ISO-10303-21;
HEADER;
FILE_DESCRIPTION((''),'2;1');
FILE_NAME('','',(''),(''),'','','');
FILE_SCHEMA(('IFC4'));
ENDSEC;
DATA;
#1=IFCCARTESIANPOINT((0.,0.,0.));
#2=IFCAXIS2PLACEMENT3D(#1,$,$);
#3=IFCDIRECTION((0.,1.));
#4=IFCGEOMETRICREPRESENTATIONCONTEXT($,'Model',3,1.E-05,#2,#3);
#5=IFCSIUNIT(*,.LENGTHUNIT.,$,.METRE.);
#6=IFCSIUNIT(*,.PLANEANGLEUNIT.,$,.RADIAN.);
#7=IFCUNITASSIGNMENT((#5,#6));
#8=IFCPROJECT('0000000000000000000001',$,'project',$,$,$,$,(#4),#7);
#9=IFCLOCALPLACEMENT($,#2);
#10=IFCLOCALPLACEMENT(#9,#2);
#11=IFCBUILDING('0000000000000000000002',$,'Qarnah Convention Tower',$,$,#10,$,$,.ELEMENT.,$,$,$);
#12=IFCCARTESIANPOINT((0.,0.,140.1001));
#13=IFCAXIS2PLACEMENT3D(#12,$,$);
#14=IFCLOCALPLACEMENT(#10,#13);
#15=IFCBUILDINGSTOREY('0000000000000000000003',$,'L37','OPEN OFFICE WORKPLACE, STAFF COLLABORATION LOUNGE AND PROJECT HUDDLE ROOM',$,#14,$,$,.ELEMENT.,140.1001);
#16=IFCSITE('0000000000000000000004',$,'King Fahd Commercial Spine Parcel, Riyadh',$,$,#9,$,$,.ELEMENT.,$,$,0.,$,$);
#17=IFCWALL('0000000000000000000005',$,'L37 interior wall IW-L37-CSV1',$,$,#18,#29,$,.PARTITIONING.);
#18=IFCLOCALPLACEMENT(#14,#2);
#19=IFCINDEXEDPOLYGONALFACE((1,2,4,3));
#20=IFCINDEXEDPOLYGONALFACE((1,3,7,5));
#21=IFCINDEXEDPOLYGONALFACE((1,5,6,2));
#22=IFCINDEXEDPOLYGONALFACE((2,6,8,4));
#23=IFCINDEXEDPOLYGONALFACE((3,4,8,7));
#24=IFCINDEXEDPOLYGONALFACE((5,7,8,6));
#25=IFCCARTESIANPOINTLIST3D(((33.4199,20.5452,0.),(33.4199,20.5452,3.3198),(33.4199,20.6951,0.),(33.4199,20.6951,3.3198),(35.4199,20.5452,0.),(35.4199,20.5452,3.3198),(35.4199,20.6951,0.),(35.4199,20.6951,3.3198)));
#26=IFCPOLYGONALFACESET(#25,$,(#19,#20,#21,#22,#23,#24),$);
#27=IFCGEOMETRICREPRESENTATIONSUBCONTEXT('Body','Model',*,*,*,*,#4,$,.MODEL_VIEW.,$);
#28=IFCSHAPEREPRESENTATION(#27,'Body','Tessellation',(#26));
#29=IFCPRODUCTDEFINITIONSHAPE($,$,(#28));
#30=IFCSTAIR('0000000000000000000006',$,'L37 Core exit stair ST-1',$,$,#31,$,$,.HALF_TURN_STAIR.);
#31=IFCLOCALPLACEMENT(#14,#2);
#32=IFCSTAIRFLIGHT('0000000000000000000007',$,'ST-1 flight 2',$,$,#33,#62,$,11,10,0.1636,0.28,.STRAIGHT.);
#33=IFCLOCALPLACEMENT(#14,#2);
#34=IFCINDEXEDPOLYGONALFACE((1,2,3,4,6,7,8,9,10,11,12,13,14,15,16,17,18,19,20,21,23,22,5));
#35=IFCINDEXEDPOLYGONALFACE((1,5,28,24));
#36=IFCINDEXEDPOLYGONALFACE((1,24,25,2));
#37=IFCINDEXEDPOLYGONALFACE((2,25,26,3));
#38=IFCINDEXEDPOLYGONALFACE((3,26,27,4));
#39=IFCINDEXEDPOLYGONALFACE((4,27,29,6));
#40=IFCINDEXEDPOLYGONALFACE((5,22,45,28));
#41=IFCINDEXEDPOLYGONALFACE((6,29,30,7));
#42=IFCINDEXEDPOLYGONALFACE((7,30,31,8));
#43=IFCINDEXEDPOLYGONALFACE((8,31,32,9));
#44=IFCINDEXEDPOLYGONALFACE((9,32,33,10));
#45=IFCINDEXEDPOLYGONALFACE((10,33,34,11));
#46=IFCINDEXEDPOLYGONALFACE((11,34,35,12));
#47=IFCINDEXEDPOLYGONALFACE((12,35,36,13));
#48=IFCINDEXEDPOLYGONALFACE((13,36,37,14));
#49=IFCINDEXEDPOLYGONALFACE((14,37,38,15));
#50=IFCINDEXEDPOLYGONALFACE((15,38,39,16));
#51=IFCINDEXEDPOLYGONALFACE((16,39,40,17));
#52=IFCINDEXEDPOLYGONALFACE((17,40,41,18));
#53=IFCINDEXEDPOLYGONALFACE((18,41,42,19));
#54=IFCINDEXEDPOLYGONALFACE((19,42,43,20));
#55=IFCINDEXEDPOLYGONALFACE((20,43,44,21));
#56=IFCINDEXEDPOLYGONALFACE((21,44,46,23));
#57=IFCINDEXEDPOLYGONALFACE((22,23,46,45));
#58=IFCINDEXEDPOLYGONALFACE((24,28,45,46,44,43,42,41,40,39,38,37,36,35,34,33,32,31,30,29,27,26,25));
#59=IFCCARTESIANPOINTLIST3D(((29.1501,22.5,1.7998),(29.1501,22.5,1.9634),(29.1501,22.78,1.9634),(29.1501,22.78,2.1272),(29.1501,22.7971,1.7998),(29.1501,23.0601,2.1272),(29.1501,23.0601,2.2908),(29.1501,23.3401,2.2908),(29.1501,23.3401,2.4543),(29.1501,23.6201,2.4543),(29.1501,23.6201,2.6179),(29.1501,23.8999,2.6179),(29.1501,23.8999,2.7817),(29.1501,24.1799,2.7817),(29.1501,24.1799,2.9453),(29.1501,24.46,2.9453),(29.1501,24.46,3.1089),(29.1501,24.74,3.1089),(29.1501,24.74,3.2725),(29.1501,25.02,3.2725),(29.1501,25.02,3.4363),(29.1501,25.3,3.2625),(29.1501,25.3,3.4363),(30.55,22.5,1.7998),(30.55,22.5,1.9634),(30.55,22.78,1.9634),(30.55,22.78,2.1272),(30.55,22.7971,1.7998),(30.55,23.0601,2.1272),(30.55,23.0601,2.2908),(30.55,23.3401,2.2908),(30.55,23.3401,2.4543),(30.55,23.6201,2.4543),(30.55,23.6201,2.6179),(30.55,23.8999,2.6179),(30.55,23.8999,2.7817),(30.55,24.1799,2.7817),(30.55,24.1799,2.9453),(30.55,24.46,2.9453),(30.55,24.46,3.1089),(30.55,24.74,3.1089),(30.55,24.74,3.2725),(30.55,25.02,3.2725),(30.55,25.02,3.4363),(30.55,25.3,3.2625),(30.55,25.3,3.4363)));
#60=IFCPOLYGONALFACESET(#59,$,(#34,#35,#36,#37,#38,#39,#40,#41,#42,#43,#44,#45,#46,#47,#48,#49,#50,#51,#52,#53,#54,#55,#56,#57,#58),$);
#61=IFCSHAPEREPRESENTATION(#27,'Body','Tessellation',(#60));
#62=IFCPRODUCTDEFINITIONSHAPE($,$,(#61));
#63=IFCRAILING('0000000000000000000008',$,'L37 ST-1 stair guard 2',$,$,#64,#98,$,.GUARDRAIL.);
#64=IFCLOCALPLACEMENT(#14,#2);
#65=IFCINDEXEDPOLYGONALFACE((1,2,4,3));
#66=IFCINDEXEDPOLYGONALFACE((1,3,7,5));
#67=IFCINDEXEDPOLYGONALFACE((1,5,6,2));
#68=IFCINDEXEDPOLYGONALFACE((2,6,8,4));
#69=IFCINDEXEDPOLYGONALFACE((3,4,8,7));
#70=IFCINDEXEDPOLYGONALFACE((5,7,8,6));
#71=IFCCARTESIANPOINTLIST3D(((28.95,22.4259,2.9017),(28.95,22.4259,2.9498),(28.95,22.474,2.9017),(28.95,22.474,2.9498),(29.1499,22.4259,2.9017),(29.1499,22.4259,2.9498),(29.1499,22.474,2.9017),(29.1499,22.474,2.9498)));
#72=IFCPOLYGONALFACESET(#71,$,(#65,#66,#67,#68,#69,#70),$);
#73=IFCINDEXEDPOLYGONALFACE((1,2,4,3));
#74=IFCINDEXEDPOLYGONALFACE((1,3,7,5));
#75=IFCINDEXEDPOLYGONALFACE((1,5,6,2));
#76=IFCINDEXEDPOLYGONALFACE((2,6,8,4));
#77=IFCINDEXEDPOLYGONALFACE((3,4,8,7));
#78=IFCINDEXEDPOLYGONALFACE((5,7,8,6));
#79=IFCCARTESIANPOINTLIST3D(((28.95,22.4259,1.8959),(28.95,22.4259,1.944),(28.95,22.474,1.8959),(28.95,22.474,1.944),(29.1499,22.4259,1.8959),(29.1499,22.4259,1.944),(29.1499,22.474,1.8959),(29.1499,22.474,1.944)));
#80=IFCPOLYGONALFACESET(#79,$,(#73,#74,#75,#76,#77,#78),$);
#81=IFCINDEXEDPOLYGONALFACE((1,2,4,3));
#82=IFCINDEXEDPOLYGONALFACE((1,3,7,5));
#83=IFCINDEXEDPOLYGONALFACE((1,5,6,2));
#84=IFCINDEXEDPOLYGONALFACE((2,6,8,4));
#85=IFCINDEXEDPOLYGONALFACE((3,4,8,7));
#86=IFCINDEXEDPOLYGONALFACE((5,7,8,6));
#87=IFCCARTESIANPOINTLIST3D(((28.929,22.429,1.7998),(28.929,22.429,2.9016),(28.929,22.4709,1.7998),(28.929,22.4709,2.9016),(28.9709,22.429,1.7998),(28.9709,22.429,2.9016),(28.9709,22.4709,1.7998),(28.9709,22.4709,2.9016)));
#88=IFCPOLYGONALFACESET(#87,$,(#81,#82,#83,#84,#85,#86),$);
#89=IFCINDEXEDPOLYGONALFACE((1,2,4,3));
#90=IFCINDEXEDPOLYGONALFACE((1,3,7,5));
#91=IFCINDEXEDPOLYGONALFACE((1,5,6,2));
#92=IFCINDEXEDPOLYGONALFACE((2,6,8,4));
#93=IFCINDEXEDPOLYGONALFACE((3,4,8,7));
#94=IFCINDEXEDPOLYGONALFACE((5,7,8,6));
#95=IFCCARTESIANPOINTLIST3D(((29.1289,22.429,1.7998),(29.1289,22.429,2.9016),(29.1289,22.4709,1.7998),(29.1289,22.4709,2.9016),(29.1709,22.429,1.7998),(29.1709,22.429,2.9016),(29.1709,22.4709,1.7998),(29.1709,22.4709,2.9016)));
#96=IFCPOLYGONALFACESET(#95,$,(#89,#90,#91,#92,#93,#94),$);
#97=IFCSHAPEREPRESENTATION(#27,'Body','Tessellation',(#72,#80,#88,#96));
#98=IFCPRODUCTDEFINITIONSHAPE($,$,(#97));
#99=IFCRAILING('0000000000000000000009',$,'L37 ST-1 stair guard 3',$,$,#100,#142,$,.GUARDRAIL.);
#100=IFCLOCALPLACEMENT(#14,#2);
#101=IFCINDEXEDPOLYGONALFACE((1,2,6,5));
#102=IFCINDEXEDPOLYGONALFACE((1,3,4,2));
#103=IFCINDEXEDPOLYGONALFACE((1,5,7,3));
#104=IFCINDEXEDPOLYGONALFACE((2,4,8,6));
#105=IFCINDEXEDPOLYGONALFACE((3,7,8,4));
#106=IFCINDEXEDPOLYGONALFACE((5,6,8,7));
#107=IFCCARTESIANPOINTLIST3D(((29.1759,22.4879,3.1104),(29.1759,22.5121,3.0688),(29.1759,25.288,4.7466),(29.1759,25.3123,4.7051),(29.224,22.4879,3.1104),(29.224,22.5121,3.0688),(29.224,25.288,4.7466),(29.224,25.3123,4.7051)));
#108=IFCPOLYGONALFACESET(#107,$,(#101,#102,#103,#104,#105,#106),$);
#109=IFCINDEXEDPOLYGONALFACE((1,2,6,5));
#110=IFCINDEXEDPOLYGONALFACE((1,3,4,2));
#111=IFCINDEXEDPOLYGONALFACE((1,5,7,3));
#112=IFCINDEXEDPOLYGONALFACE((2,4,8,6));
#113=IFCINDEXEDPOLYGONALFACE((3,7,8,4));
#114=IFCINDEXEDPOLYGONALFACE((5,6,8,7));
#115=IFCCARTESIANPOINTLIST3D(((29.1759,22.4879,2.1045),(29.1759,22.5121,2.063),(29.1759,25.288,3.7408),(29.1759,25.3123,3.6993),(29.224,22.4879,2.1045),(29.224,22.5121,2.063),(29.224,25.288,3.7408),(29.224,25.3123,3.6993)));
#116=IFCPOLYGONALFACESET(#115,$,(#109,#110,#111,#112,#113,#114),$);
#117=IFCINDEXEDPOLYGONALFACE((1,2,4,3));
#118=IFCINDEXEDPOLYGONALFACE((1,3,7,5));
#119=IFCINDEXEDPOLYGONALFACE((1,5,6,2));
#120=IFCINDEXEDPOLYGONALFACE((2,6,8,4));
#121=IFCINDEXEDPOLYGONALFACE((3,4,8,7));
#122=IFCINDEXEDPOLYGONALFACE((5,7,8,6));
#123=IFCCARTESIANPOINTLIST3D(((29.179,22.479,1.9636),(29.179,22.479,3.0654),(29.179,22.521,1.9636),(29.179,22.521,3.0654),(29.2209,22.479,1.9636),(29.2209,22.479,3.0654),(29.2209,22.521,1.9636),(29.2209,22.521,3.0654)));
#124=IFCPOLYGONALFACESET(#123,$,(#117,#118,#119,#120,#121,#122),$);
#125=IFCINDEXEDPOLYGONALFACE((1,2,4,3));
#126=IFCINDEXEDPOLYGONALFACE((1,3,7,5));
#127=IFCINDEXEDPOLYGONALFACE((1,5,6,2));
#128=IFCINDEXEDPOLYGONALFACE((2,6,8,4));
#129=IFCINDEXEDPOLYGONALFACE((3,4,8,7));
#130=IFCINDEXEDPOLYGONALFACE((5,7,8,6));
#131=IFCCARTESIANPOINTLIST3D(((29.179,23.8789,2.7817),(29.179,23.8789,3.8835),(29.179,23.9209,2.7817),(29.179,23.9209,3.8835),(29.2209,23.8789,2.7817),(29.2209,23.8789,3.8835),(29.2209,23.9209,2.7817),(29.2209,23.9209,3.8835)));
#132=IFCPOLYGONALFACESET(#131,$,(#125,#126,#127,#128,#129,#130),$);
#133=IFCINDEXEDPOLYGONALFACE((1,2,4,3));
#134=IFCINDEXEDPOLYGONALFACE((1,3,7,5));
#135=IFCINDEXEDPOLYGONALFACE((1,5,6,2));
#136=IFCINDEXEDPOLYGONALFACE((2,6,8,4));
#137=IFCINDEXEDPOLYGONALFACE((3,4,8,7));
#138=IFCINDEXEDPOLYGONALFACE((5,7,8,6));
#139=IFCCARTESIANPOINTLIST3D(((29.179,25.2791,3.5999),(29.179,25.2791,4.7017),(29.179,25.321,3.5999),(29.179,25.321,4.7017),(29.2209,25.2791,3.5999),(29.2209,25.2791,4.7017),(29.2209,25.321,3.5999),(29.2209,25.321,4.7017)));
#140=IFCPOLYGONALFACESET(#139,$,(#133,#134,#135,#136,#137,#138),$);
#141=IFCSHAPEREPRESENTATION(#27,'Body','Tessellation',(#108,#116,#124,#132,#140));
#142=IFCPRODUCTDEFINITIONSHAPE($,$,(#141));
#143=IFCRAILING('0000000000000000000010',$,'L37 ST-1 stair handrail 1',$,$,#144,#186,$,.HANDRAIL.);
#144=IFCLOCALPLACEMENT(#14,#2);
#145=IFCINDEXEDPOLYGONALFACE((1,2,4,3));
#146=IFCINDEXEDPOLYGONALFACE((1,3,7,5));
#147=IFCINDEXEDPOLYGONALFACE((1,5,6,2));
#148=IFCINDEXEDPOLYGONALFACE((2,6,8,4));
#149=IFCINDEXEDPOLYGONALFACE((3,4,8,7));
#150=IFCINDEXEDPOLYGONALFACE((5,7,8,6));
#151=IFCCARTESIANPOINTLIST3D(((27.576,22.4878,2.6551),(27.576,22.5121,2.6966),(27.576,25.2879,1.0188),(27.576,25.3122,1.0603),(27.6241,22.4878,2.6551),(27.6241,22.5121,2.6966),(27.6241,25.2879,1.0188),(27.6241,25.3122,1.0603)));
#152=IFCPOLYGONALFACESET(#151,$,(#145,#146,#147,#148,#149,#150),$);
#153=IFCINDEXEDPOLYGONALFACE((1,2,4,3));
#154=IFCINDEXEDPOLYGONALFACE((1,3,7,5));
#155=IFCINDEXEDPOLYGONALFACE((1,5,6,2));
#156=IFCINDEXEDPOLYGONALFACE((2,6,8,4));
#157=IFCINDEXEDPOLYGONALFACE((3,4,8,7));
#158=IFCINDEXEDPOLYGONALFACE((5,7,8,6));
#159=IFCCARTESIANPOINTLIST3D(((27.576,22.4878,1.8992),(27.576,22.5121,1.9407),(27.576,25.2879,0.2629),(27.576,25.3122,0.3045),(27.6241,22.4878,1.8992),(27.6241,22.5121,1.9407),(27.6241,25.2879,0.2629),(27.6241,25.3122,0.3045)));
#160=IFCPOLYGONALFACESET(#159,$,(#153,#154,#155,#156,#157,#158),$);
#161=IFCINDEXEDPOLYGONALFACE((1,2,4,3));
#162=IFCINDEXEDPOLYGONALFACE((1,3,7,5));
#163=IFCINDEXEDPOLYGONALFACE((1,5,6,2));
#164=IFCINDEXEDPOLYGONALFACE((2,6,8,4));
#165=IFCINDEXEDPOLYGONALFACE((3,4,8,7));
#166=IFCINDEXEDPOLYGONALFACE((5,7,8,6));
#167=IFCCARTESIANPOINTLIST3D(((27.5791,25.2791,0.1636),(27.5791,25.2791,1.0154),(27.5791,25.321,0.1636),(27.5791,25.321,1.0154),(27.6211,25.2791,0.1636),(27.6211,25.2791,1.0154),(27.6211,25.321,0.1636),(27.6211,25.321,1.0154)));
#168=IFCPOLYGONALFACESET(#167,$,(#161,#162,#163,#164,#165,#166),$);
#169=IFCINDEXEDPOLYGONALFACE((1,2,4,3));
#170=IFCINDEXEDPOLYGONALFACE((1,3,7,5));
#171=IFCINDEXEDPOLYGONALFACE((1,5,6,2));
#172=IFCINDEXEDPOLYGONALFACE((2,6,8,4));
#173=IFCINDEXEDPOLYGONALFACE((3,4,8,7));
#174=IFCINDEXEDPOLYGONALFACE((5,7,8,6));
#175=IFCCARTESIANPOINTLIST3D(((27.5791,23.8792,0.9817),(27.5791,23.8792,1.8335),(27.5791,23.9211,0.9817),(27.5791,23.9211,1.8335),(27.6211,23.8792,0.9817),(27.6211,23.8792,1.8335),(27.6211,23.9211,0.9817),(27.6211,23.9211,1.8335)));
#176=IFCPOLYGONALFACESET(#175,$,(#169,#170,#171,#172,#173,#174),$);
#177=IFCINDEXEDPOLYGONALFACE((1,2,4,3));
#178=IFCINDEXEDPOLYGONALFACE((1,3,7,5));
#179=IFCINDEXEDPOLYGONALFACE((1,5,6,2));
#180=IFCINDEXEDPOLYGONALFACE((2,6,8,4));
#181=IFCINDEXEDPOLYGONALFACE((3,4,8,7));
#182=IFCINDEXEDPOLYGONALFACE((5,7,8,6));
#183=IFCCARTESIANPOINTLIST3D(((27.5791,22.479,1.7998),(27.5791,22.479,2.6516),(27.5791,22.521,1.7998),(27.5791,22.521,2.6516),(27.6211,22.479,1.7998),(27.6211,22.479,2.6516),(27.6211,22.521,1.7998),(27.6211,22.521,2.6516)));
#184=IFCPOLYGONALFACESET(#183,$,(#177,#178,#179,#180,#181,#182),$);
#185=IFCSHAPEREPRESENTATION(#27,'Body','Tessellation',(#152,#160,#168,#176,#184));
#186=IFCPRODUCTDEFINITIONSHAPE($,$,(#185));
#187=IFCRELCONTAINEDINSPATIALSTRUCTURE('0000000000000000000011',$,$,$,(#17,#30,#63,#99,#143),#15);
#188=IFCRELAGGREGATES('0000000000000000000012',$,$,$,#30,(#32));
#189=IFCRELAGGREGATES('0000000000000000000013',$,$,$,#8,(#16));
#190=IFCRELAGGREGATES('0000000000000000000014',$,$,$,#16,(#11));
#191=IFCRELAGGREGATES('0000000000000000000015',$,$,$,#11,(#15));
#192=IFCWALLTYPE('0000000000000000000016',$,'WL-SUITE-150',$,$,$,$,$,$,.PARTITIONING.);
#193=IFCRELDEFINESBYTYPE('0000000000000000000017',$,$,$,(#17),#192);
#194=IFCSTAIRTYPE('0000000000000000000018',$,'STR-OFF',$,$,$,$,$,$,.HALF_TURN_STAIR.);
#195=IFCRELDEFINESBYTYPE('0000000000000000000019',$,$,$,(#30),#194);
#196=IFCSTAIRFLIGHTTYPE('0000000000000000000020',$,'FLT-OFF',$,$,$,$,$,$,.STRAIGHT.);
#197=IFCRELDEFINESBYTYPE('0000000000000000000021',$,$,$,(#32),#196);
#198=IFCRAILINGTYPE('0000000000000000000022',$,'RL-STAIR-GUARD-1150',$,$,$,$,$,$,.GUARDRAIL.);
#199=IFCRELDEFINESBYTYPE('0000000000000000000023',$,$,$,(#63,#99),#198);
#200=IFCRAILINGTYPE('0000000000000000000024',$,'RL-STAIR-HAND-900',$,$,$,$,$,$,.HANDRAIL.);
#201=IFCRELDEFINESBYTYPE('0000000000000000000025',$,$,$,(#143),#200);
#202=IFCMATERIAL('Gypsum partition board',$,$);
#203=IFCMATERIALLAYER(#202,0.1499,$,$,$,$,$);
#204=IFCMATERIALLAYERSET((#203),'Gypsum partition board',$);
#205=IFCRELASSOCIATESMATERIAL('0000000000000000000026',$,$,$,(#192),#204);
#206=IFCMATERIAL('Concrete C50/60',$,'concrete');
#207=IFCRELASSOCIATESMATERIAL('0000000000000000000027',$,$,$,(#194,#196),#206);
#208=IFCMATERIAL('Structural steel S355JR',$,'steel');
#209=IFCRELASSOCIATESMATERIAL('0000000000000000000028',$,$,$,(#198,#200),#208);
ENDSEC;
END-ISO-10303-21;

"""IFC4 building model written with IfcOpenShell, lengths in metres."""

from ifc_helpers import new_model, si_unit, direction, frame, frame_2d, origin, origin_2d, place, context, subcontext, project, spatial, polyline, rectangle, outline, extrude, material, layer, layer_set, type_object, element, aggregate, save


model = new_model("IFC4")

# Units and contexts
model_context = context("Model", 3, precision=1e-05, world=origin(), true_north=direction((0.0, 1.0)))
body_context = subcontext(model_context, "Body", "Model", "MODEL_VIEW")
ifc_project = project(units=[si_unit("LENGTHUNIT", "METRE"), si_unit("PLANEANGLEUNIT", "RADIAN")], contexts=[model_context])

# Site, building, storey
site_placement = place(None, origin())
site = spatial("IfcSite", under=ifc_project, at=site_placement, Name="King Fahd Commercial Spine Parcel, Riyadh", CompositionType="ELEMENT", RefElevation=0.0)
building_placement = place(site_placement, origin())
building = spatial("IfcBuilding", under=site, at=building_placement, Name="Qarnah Convention Tower", CompositionType="ELEMENT")
storey_placement = place(building_placement, frame((0.0, 0.0, 140.1001)))
storey = spatial("IfcBuildingStorey", under=building, at=storey_placement, Name="L37", Description="OPEN OFFICE WORKPLACE, STAFF COLLABORATION LOUNGE AND PROJECT HUDDLE ROOM", CompositionType="ELEMENT", Elevation=140.1001)

# Shared definitions
ifc_material_1 = material(Name="Structural steel S355JR", Category="steel")

# Wall
ifc_material_2 = material(Name="Gypsum partition board")
ifc_layer_1 = layer(ifc_material_2, 0.1499)
ifc_layer_set_1 = layer_set([ifc_layer_1], Name="Gypsum partition board")
wall_type_1 = type_object("IfcWallType", Name="WL-SUITE-150", PredefinedType="PARTITIONING", material=ifc_layer_set_1)
wall_1_placement = place(storey_placement, frame((33.4199, 20.6201, 0.0), z_axis=(0.0, 0.0, 1.0), x_axis=(1.0, 0.0, 0.0)))
element("IfcWall", 1, at=wall_1_placement, inside=storey, type_object=wall_type_1, Name="L37 interior wall IW-L37-CSV1", PredefinedType="PARTITIONING", context=body_context, shape_type="SweptSolid", body=[
    extrude(rectangle(XDim=2.0, YDim=0.1499, at=frame_2d((1.0, 0.0))), origin(), (0.0, 0.0, 1.0), 3.3198),
])

# Stair, stair flight
ifc_material_3 = material(Name="Concrete C50/60", Category="concrete")
stair_type = type_object("IfcStairType", Name="STR-OFF", PredefinedType="HALF_TURN_STAIR", material=ifc_material_3)
stair_placement = place(storey_placement, origin())
stair = element("IfcStair", 2, at=stair_placement, inside=storey, type_object=stair_type, Name="L37 Core exit stair ST-1", PredefinedType="HALF_TURN_STAIR")
stair_flight_type = type_object("IfcStairFlightType", Name="FLT-OFF", PredefinedType="STRAIGHT", material=ifc_material_3)
stair_flight_placement = place(storey_placement, frame((29.8501, 22.5, 1.7998), z_axis=(0.0, 0.0, 1.0), x_axis=(0.0, 1.0, 0.0)))
stair_flight = element("IfcStairFlight", 3, at=stair_flight_placement, type_object=stair_flight_type, Name="ST-1 flight 2", NumberOfRisers=11, NumberOfTreads=10, PredefinedType="STRAIGHT", RiserHeight=0.1636, TreadLength=0.28, context=body_context, shape_type="SweptSolid", body=[
    extrude(outline(polyline([(0.0, 0.0), (0.0, 0.1636), (0.28, 0.1636), (0.28, 0.3274), (0.5601, 0.3274), (0.5601, 0.491), (0.8401, 0.491), (0.8401, 0.6545), (1.1201, 0.6545), (1.1201, 0.8181), (1.3999, 0.8181), (1.3999, 0.9819), (1.6799, 0.9819), (1.6799, 1.1455), (1.96, 1.1455), (1.96, 1.3091), (2.24, 1.3091), (2.24, 1.4727), (2.52, 1.4727), (2.52, 1.6365), (2.8, 1.6365), (2.8, 1.8), (2.8, 1.4626), (0.2971, 0.0), (0.0, 0.0)])), frame((0.0, 0.7, 0.0), z_axis=(0.0, -1.0, 0.0), x_axis=(1.0, 0.0, 0.0)), (0.0, 0.0, 1.0), 1.3999),
])
aggregate(stair, [stair_flight])

# Railings
railing_type_1 = type_object("IfcRailingType", Name="RL-STAIR-GUARD-1150", PredefinedType="GUARDRAIL", material=ifc_material_1)
railing_1_placement = place(storey_placement, frame((28.95, 22.45, 1.7998)))
element("IfcRailing", 4, at=railing_1_placement, inside=storey, type_object=railing_type_1, Name="L37 ST-1 stair guard 2", PredefinedType="GUARDRAIL", context=body_context, shape_type="SweptSolid", body=[
    extrude(rectangle(XDim=0.0481, YDim=0.0481, at=origin_2d()), frame((0.0, 0.0, 1.126), z_axis=(1.0, 0.0, 0.0), x_axis=(0.0, 1.0, 0.0)), (0.0, 0.0, 1.0), 0.2),
    extrude(rectangle(XDim=0.0481, YDim=0.0481, at=origin_2d()), frame((0.0, 0.0, 0.1201), z_axis=(1.0, 0.0, 0.0), x_axis=(0.0, 1.0, 0.0)), (0.0, 0.0, 1.0), 0.2),
    extrude(rectangle(XDim=0.042, YDim=0.042, at=origin_2d()), origin(), (0.0, 0.0, 1.0), 1.1018),
    extrude(rectangle(XDim=0.042, YDim=0.042, at=origin_2d()), frame((0.2, 0.0, 0.0)), (0.0, 0.0, 1.0), 1.1018),
])
railing_2_placement = place(storey_placement, frame((29.2, 22.5, 1.9636)))
element("IfcRailing", 5, at=railing_2_placement, inside=storey, type_object=railing_type_1, Name="L37 ST-1 stair guard 3", PredefinedType="GUARDRAIL", context=body_context, shape_type="SweptSolid", body=[
    extrude(rectangle(XDim=0.0481, YDim=0.0481, at=origin_2d()), frame((0.0, 0.0, 1.126), z_axis=(0.0, 0.863394, 0.504531), x_axis=(-1.0, 0.0, 0.0)), (0.0, 0.0, 1.0), 3.2432),
    extrude(rectangle(XDim=0.0481, YDim=0.0481, at=origin_2d()), frame((0.0, 0.0, 0.1201), z_axis=(0.0, 0.863394, 0.504531), x_axis=(-1.0, 0.0, 0.0)), (0.0, 0.0, 1.0), 3.2432),
    extrude(rectangle(XDim=0.042, YDim=0.042, at=origin_2d()), origin(), (0.0, 0.0, 1.0), 1.1018),
    extrude(rectangle(XDim=0.042, YDim=0.042, at=origin_2d()), frame((0.0, 1.3999, 0.8181)), (0.0, 0.0, 1.0), 1.1018),
    extrude(rectangle(XDim=0.042, YDim=0.042, at=origin_2d()), frame((0.0, 2.8, 1.6362)), (0.0, 0.0, 1.0), 1.1018),
])
railing_type_2 = type_object("IfcRailingType", Name="RL-STAIR-HAND-900", PredefinedType="HANDRAIL", material=ifc_material_1)
railing_3_placement = place(storey_placement, frame((27.6001, 25.3, 0.1636)))
element("IfcRailing", 6, at=railing_3_placement, inside=storey, type_object=railing_type_2, Name="L37 ST-1 stair handrail 1", PredefinedType="HANDRAIL", context=body_context, shape_type="SweptSolid", body=[
    extrude(rectangle(XDim=0.0481, YDim=0.0481, at=origin_2d()), frame((0.0, 0.0, 0.876), z_axis=(0.0, -0.863394, 0.504531), x_axis=(1.0, 0.0, 0.0)), (0.0, 0.0, 1.0), 3.2432),
    extrude(rectangle(XDim=0.0481, YDim=0.0481, at=origin_2d()), frame((0.0, 0.0, 0.1201), z_axis=(0.0, -0.863394, 0.504531), x_axis=(1.0, 0.0, 0.0)), (0.0, 0.0, 1.0), 3.2432),
    extrude(rectangle(XDim=0.042, YDim=0.042, at=origin_2d()), origin(), (0.0, 0.0, 1.0), 0.8518),
    extrude(rectangle(XDim=0.042, YDim=0.042, at=origin_2d()), frame((0.0, -1.3999, 0.8181)), (0.0, 0.0, 1.0), 0.8518),
    extrude(rectangle(XDim=0.042, YDim=0.042, at=origin_2d()), frame((0.0, -2.8, 1.6362)), (0.0, 0.0, 1.0), 0.8518),
])

save(model, "model.ifc")
